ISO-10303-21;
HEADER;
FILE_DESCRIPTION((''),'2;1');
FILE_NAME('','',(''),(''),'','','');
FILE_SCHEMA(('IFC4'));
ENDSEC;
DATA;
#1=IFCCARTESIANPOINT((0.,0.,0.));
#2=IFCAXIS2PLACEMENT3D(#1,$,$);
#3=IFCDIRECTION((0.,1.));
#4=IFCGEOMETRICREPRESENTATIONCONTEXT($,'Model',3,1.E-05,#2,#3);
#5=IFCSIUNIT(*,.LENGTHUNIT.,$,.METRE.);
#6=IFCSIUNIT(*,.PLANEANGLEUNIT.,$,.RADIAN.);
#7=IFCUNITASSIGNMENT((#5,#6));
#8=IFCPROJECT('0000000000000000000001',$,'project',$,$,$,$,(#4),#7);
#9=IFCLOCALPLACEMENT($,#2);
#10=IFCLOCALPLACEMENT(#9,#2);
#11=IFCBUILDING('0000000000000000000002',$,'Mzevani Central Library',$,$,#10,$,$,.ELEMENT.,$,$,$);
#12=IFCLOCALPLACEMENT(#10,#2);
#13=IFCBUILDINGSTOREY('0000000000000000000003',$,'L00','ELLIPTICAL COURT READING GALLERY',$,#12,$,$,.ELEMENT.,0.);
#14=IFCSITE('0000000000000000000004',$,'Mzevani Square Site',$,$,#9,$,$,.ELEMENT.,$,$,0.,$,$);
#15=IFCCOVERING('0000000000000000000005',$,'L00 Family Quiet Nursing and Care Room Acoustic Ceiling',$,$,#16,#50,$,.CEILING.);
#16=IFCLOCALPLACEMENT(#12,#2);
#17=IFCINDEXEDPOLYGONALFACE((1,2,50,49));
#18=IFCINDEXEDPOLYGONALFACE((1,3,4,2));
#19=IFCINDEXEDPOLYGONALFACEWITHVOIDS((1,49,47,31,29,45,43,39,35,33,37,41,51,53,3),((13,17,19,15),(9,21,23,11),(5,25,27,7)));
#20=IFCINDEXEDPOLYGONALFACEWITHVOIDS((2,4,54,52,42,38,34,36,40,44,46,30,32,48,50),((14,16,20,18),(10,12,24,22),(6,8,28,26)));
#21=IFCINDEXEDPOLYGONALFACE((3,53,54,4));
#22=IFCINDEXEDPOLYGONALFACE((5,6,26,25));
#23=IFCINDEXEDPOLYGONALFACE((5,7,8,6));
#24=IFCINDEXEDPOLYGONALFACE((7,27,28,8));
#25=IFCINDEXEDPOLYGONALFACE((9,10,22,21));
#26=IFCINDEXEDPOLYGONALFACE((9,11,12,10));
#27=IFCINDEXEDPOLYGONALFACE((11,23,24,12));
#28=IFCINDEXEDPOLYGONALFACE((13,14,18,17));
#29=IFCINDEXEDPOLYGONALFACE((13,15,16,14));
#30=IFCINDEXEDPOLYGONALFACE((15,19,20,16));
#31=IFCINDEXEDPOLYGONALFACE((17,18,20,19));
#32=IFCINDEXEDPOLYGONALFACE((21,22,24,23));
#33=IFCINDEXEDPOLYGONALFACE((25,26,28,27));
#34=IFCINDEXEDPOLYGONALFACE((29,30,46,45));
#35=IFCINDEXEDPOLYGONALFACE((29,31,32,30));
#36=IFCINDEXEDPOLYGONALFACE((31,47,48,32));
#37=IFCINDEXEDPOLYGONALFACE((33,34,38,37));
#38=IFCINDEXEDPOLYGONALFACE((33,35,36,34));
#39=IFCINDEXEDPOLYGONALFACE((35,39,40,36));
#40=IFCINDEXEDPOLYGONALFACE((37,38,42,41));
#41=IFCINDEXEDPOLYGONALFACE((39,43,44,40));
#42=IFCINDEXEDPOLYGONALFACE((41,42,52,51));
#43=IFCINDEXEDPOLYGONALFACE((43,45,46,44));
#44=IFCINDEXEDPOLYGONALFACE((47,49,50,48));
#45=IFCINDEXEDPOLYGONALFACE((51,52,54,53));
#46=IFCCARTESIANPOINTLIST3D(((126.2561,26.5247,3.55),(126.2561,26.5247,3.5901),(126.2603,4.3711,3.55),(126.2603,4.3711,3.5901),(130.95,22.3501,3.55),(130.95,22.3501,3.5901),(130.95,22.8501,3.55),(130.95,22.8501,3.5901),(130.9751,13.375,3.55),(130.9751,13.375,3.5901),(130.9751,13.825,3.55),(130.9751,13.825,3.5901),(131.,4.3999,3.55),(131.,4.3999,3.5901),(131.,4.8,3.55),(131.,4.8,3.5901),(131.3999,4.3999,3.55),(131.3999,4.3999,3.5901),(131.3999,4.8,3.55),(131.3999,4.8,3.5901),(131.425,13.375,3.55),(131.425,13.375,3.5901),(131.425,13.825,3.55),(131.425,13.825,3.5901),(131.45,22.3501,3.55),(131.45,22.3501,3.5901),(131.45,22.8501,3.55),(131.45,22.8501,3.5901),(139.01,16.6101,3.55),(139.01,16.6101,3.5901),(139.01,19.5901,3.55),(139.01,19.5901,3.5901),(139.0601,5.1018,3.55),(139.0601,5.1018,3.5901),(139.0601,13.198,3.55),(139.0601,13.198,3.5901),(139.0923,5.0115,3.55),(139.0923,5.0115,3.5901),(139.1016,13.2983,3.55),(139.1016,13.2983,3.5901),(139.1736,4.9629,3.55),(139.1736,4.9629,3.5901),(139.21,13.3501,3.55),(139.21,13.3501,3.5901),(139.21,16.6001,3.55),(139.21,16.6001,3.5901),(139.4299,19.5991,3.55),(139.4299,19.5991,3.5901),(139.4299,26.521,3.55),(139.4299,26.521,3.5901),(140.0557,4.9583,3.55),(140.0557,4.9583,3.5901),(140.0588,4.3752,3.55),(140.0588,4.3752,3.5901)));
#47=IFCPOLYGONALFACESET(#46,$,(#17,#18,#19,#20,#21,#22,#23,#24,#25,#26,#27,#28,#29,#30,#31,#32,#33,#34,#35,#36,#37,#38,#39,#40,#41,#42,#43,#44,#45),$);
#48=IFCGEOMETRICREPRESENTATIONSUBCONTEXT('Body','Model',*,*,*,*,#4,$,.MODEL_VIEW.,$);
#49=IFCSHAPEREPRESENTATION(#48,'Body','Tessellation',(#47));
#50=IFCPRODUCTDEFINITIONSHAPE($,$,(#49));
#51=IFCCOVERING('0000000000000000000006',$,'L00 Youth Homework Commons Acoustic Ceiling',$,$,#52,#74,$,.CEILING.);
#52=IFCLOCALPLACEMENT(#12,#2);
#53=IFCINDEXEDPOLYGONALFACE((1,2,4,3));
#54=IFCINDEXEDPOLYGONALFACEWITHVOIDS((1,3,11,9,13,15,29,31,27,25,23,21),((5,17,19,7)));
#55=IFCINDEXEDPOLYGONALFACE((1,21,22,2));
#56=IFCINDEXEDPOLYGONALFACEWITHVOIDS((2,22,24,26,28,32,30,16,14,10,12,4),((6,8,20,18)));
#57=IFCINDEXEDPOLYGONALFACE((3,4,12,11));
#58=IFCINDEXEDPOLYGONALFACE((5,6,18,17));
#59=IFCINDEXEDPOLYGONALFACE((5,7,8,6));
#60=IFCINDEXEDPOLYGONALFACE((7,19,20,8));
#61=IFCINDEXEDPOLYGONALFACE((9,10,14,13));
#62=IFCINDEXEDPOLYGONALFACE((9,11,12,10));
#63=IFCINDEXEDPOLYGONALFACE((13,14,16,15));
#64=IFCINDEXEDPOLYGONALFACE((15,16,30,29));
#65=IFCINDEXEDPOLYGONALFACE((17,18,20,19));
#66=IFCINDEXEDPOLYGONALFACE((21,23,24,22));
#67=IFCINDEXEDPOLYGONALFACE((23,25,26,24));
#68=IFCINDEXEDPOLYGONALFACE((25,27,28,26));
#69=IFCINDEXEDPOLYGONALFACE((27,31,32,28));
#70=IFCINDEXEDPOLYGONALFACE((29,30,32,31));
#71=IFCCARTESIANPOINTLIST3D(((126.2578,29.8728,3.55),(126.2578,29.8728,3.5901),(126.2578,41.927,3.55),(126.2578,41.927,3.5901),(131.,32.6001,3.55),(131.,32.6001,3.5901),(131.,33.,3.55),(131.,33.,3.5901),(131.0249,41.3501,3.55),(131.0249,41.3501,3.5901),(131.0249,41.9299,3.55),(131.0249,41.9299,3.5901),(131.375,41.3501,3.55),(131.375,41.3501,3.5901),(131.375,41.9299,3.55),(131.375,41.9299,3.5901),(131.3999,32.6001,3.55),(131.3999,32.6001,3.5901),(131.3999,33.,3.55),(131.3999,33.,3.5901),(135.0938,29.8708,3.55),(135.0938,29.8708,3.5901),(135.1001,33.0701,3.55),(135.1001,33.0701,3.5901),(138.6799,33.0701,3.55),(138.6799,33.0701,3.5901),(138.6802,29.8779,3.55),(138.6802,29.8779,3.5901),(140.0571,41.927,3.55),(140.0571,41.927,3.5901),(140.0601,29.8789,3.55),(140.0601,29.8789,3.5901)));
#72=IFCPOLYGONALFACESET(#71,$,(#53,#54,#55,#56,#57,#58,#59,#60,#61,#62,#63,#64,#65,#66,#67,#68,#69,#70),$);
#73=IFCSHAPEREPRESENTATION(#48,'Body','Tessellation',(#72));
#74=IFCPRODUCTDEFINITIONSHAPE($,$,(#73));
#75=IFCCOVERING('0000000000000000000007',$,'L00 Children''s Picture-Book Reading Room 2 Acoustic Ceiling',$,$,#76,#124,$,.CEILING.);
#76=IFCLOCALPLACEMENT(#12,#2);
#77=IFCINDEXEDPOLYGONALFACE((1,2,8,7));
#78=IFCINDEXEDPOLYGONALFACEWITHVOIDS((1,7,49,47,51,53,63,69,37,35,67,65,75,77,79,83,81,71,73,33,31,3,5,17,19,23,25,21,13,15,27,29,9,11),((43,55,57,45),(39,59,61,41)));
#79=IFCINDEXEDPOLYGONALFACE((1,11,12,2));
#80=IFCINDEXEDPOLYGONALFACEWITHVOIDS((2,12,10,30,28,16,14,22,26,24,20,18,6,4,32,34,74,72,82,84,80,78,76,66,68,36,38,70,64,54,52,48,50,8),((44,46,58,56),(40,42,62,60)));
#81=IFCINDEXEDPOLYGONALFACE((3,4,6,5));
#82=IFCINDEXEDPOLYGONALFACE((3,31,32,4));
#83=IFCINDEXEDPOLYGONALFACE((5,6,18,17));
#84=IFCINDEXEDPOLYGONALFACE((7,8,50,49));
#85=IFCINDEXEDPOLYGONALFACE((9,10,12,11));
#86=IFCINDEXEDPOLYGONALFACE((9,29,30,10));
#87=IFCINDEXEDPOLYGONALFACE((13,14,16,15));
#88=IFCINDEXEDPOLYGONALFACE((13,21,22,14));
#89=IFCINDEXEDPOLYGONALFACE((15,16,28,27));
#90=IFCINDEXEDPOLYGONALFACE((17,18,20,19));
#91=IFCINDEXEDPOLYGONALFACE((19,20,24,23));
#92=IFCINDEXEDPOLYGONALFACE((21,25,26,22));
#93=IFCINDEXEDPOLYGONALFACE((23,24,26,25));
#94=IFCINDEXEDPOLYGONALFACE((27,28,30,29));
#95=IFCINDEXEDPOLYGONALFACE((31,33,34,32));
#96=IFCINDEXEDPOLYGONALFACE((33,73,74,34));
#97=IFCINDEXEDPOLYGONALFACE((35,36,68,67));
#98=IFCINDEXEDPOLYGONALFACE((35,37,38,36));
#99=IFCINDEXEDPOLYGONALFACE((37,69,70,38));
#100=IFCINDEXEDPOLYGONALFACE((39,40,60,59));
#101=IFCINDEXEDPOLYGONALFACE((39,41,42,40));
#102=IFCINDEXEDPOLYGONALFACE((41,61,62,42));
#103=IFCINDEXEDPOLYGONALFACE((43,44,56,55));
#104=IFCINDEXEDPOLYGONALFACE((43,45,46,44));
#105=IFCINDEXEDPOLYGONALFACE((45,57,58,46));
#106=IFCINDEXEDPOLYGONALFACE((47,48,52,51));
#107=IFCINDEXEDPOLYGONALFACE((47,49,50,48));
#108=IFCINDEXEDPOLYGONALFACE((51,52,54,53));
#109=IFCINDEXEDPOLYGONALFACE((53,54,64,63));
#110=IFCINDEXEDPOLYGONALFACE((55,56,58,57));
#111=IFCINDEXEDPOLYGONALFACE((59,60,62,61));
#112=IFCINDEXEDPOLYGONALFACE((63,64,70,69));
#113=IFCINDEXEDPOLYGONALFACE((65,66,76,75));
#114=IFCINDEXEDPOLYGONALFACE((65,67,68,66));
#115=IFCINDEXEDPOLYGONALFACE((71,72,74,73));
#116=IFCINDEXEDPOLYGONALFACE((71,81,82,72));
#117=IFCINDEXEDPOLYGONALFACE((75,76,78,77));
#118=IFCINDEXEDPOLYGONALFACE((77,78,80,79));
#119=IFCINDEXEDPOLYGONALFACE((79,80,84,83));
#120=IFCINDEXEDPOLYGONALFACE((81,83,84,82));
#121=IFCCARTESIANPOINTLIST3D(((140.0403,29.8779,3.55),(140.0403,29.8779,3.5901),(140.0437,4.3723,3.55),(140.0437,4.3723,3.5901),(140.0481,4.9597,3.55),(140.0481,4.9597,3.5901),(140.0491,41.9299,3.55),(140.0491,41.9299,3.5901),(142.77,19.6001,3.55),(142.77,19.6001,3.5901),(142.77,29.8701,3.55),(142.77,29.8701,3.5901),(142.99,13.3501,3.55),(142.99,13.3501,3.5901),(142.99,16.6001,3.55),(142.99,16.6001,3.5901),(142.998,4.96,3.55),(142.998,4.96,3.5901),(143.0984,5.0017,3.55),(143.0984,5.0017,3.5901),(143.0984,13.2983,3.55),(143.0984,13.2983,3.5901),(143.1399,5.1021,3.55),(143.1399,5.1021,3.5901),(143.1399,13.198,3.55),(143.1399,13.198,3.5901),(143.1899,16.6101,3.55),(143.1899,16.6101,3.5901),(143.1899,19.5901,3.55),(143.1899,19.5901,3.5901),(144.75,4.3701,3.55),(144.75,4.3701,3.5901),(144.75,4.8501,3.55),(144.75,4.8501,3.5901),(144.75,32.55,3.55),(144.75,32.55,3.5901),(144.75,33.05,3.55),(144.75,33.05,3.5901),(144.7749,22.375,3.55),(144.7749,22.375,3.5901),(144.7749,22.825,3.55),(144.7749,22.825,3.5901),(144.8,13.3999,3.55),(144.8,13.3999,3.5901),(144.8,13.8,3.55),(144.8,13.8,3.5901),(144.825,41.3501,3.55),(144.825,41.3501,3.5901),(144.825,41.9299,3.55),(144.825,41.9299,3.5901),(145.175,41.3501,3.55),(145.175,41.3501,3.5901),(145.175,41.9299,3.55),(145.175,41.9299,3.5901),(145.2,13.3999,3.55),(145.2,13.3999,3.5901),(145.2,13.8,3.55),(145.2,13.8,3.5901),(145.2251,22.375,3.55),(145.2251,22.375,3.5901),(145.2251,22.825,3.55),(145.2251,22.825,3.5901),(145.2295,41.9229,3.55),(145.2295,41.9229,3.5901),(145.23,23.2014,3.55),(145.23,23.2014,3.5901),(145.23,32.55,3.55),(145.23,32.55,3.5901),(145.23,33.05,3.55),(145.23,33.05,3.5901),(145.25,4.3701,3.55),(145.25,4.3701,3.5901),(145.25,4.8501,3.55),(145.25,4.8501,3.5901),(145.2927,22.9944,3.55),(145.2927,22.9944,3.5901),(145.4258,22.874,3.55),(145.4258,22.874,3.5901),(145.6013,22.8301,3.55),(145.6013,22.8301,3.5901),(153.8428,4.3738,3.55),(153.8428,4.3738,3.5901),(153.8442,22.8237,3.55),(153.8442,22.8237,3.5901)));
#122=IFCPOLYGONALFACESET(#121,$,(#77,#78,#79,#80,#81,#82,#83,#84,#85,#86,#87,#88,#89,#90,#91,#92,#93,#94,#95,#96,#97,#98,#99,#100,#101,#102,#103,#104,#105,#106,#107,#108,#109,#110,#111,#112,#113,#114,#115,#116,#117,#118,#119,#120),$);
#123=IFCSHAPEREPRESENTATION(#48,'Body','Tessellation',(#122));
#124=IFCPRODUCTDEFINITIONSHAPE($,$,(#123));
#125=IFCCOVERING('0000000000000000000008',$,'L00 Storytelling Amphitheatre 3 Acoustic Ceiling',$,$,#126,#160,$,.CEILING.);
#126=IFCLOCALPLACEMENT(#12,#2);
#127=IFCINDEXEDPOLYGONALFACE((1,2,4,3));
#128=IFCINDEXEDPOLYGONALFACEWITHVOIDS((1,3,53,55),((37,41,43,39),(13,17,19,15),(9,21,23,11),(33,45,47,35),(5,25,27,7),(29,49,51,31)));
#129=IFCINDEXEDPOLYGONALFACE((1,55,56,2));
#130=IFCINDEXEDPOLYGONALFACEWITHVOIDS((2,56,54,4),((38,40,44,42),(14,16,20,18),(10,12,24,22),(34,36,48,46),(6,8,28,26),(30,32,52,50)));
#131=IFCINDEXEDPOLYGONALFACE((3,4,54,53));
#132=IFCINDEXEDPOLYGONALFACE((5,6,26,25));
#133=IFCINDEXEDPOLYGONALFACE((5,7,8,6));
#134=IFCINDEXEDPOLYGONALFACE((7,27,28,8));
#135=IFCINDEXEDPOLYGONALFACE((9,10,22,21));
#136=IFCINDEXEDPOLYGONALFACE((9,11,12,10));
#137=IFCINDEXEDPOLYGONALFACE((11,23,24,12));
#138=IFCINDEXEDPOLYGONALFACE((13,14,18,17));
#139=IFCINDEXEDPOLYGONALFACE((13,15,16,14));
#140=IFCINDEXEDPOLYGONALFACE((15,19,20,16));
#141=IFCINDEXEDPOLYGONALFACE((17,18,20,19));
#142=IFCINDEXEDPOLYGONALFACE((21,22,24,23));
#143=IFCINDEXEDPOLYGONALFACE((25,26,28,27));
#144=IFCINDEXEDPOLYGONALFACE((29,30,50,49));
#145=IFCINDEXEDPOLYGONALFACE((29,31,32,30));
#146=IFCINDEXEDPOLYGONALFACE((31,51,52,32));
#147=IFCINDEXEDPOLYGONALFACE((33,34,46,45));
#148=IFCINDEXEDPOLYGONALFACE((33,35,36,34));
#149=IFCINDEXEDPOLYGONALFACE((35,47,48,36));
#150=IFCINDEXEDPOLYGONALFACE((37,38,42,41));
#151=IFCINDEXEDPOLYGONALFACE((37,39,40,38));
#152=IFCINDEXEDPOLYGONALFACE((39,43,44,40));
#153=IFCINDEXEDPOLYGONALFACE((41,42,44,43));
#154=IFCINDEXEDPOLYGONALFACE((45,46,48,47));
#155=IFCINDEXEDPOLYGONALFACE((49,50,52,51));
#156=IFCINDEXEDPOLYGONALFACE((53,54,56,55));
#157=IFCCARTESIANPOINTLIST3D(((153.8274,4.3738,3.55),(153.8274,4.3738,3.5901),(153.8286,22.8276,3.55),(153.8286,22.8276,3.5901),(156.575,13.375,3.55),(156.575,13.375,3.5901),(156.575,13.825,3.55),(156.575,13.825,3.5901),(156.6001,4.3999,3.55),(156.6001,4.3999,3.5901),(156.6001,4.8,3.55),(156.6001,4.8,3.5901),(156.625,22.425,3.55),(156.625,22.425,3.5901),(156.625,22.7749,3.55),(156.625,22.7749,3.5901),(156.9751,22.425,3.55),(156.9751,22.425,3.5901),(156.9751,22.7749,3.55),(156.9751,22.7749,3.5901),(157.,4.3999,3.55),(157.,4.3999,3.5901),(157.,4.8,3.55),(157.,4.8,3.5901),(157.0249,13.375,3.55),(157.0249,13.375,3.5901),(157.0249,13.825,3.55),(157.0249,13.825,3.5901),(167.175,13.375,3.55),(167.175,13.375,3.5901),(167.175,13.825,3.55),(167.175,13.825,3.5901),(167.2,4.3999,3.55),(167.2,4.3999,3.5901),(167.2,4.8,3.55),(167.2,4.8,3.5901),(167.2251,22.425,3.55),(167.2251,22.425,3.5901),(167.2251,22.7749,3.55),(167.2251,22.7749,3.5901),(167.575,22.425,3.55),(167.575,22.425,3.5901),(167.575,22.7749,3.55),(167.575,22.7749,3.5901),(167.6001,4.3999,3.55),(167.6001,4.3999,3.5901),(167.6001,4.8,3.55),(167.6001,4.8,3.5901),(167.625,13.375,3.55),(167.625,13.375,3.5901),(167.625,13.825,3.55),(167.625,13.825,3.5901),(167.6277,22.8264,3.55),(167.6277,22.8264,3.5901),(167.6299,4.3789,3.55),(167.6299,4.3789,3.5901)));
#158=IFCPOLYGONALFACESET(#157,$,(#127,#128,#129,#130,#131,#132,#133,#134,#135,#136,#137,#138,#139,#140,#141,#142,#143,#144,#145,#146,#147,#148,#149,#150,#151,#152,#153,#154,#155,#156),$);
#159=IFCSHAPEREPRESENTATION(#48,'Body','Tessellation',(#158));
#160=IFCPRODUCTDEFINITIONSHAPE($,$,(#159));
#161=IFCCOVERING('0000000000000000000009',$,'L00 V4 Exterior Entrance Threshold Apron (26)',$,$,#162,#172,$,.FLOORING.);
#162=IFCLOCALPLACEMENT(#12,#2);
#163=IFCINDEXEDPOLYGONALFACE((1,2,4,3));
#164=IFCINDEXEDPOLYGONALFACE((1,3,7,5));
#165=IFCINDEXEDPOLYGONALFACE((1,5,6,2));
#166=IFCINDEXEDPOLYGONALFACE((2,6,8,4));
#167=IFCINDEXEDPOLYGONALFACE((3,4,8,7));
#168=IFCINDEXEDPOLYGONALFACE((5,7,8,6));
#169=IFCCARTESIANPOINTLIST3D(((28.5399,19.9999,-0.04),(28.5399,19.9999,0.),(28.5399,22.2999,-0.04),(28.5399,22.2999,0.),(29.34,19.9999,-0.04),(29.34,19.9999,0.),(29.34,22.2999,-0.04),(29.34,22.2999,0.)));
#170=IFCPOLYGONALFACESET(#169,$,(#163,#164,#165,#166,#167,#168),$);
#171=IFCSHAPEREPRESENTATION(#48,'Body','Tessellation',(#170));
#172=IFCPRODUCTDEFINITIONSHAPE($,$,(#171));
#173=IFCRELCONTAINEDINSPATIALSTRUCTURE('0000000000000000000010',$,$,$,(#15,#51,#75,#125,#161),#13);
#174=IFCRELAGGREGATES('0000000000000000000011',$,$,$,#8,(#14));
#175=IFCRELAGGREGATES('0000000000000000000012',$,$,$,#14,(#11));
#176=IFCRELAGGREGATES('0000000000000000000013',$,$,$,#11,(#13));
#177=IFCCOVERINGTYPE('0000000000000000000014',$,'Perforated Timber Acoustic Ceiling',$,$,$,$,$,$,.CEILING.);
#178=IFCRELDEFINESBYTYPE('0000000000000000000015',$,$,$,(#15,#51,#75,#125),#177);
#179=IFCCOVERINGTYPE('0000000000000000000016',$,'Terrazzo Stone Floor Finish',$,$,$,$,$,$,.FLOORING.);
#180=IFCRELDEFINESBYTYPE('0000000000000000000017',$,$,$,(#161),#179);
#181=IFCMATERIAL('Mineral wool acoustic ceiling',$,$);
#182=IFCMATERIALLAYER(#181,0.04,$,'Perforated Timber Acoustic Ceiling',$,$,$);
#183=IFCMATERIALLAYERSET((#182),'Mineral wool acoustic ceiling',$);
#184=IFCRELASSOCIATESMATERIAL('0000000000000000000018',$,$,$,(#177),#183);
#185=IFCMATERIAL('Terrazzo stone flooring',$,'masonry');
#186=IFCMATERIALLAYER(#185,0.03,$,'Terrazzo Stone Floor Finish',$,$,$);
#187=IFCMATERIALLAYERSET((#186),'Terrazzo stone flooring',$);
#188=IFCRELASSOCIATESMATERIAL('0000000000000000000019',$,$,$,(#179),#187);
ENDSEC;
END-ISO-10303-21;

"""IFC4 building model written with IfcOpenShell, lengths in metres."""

from ifc_helpers import new_model, si_unit, direction, frame, origin, origin_2d, place, context, subcontext, project, spatial, polyline, rectangle, outline, extrude, material, layer, layer_set, type_object, element, save


model = new_model("IFC4")

# Units and contexts
model_context = context("Model", 3, precision=1e-05, world=origin(), true_north=direction((0.0, 1.0)))
body_context = subcontext(model_context, "Body", "Model", "MODEL_VIEW")
ifc_project = project(units=[si_unit("LENGTHUNIT", "METRE"), si_unit("PLANEANGLEUNIT", "RADIAN")], contexts=[model_context])

# Site, building, storey
site_placement = place(None, origin())
site = spatial("IfcSite", under=ifc_project, at=site_placement, Name="Mzevani Square Site", CompositionType="ELEMENT", RefElevation=0.0)
building_placement = place(site_placement, origin())
building = spatial("IfcBuilding", under=site, at=building_placement, Name="Mzevani Central Library", CompositionType="ELEMENT")
storey_placement = place(building_placement, origin())
storey = spatial("IfcBuildingStorey", under=building, at=storey_placement, Name="L00", Description="ELLIPTICAL COURT READING GALLERY", CompositionType="ELEMENT", Elevation=0.0)

# Coverings
ifc_material_1 = material(Name="Mineral wool acoustic ceiling")
ifc_layer_1 = layer(ifc_material_1, 0.04, Name="Perforated Timber Acoustic Ceiling")
ifc_layer_set_1 = layer_set([ifc_layer_1], Name="Mineral wool acoustic ceiling")
covering_type_1 = type_object("IfcCoveringType", Name="Perforated Timber Acoustic Ceiling", PredefinedType="CEILING", material=ifc_layer_set_1)
covering_1_placement = place(storey_placement, frame((0.0, 0.0, 3.55)))
element("IfcCovering", 1, at=covering_1_placement, inside=storey, type_object=covering_type_1, Name="L00 Family Quiet Nursing and Care Room Acoustic Ceiling", PredefinedType="CEILING", context=body_context, shape_type="SweptSolid", body=[
    extrude(outline(polyline([(139.4299, 26.521), (139.4299, 19.5991), (139.01, 19.5901), (139.01, 16.6101), (139.21, 16.6001), (139.21, 13.3501), (139.1016, 13.2983), (139.0601, 13.198), (139.0601, 5.1018), (139.0923, 5.0115), (139.1736, 4.9629), (140.0557, 4.9583), (140.0588, 4.3752), (126.2603, 4.3711), (126.2561, 26.5247), (139.4299, 26.521)]), holes=[polyline([(131.0, 4.3999), (131.3999, 4.3999), (131.3999, 4.8), (131.0, 4.8), (131.0, 4.3999)]), polyline([(130.9751, 13.825), (130.9751, 13.375), (131.425, 13.375), (131.425, 13.825), (130.9751, 13.825)]), polyline([(131.45, 22.8501), (130.95, 22.8501), (130.95, 22.3501), (131.45, 22.3501), (131.45, 22.8501)])]), origin(), (0.0, 0.0, 1.0), 0.04),
])
covering_2_placement = place(storey_placement, frame((0.0, 0.0, 3.55)))
element("IfcCovering", 2, at=covering_2_placement, inside=storey, type_object=covering_type_1, Name="L00 Youth Homework Commons Acoustic Ceiling", PredefinedType="CEILING", context=body_context, shape_type="SweptSolid", body=[
    extrude(outline(polyline([(138.6802, 29.8779), (138.6799, 33.0701), (135.1001, 33.0701), (135.0938, 29.8708), (126.2578, 29.8728), (126.2578, 41.927), (131.0249, 41.9299), (131.0249, 41.3501), (131.375, 41.3501), (131.375, 41.9299), (140.0571, 41.927), (140.0601, 29.8789), (138.6802, 29.8779)]), holes=[polyline([(131.0, 33.0), (131.0, 32.6001), (131.3999, 32.6001), (131.3999, 33.0), (131.0, 33.0)])]), origin(), (0.0, 0.0, 1.0), 0.04),
])
covering_3_placement = place(storey_placement, frame((0.0, 0.0, 3.55)))
element("IfcCovering", 3, at=covering_3_placement, inside=storey, type_object=covering_type_1, Name="L00 Children's Picture-Book Reading Room 2 Acoustic Ceiling", PredefinedType="CEILING", context=body_context, shape_type="SweptSolid", body=[
    extrude(outline(polyline([(142.99, 13.3501), (142.99, 16.6001), (143.1899, 16.6101), (143.1899, 19.5901), (142.77, 19.6001), (142.77, 29.8701), (140.0403, 29.8779), (140.0491, 41.9299), (144.825, 41.9299), (144.825, 41.3501), (145.175, 41.3501), (145.175, 41.9299), (145.2295, 41.9229), (145.23, 33.05), (144.75, 33.05), (144.75, 32.55), (145.23, 32.55), (145.23, 23.2014), (145.2927, 22.9944), (145.4258, 22.874), (145.6013, 22.8301), (153.8442, 22.8237), (153.8428, 4.3738), (145.25, 4.3701), (145.25, 4.8501), (144.75, 4.8501), (144.75, 4.3701), (140.0437, 4.3723), (140.0481, 4.9597), (142.998, 4.96), (143.0984, 5.0017), (143.1399, 5.1021), (143.1399, 13.198), (143.0984, 13.2983), (142.99, 13.3501)]), holes=[polyline([(145.2, 13.3999), (145.2, 13.8), (144.8, 13.8), (144.8, 13.3999), (145.2, 13.3999)]), polyline([(144.7749, 22.375), (145.2251, 22.375), (145.2251, 22.825), (144.7749, 22.825), (144.7749, 22.375)])]), origin(), (0.0, 0.0, 1.0), 0.04),
])
covering_4_placement = place(storey_placement, frame((0.0, 0.0, 3.55)))
element("IfcCovering", 4, at=covering_4_placement, inside=storey, type_object=covering_type_1, Name="L00 Storytelling Amphitheatre 3 Acoustic Ceiling", PredefinedType="CEILING", context=body_context, shape_type="SweptSolid", body=[
    extrude(outline(polyline([(167.6299, 4.3789), (153.8274, 4.3738), (153.8286, 22.8276), (167.6277, 22.8264), (167.6299, 4.3789)]), holes=[polyline([(156.6001, 4.8), (156.6001, 4.3999), (157.0, 4.3999), (157.0, 4.8), (156.6001, 4.8)]), polyline([(157.0249, 13.825), (156.575, 13.825), (156.575, 13.375), (157.0249, 13.375), (157.0249, 13.825)]), polyline([(156.9751, 22.425), (156.9751, 22.7749), (156.625, 22.7749), (156.625, 22.425), (156.9751, 22.425)]), polyline([(167.2, 4.3999), (167.6001, 4.3999), (167.6001, 4.8), (167.2, 4.8), (167.2, 4.3999)]), polyline([(167.175, 13.825), (167.175, 13.375), (167.625, 13.375), (167.625, 13.825), (167.175, 13.825)]), polyline([(167.575, 22.7749), (167.2251, 22.7749), (167.2251, 22.425), (167.575, 22.425), (167.575, 22.7749)])]), origin(), (0.0, 0.0, 1.0), 0.04),
])
ifc_material_2 = material(Name="Terrazzo stone flooring", Category="masonry")
ifc_layer_2 = layer(ifc_material_2, 0.03, Name="Terrazzo Stone Floor Finish")
ifc_layer_set_2 = layer_set([ifc_layer_2], Name="Terrazzo stone flooring")
covering_type_2 = type_object("IfcCoveringType", Name="Terrazzo Stone Floor Finish", PredefinedType="FLOORING", material=ifc_layer_set_2)
for number, where, z_axis, x_axis, name in (
    (5, (28.9399, 21.1499, -0.04), (0.0, 0.0, 1.0), (0.0, 1.0, 0.0), "L00 V4 Exterior Entrance Threshold Apron (26)"),
):
    element("IfcCovering", number, at=place(storey_placement, frame(where, z_axis=z_axis, x_axis=x_axis)), inside=storey, type_object=covering_type_2, Name=name, PredefinedType="FLOORING", context=body_context, shape_type="SweptSolid", body=[
        extrude(rectangle(XDim=2.3, YDim=0.8, at=origin_2d()), origin(), (0.0, 0.0, 1.0), 0.04),
    ])

save(model, "model.ifc")
